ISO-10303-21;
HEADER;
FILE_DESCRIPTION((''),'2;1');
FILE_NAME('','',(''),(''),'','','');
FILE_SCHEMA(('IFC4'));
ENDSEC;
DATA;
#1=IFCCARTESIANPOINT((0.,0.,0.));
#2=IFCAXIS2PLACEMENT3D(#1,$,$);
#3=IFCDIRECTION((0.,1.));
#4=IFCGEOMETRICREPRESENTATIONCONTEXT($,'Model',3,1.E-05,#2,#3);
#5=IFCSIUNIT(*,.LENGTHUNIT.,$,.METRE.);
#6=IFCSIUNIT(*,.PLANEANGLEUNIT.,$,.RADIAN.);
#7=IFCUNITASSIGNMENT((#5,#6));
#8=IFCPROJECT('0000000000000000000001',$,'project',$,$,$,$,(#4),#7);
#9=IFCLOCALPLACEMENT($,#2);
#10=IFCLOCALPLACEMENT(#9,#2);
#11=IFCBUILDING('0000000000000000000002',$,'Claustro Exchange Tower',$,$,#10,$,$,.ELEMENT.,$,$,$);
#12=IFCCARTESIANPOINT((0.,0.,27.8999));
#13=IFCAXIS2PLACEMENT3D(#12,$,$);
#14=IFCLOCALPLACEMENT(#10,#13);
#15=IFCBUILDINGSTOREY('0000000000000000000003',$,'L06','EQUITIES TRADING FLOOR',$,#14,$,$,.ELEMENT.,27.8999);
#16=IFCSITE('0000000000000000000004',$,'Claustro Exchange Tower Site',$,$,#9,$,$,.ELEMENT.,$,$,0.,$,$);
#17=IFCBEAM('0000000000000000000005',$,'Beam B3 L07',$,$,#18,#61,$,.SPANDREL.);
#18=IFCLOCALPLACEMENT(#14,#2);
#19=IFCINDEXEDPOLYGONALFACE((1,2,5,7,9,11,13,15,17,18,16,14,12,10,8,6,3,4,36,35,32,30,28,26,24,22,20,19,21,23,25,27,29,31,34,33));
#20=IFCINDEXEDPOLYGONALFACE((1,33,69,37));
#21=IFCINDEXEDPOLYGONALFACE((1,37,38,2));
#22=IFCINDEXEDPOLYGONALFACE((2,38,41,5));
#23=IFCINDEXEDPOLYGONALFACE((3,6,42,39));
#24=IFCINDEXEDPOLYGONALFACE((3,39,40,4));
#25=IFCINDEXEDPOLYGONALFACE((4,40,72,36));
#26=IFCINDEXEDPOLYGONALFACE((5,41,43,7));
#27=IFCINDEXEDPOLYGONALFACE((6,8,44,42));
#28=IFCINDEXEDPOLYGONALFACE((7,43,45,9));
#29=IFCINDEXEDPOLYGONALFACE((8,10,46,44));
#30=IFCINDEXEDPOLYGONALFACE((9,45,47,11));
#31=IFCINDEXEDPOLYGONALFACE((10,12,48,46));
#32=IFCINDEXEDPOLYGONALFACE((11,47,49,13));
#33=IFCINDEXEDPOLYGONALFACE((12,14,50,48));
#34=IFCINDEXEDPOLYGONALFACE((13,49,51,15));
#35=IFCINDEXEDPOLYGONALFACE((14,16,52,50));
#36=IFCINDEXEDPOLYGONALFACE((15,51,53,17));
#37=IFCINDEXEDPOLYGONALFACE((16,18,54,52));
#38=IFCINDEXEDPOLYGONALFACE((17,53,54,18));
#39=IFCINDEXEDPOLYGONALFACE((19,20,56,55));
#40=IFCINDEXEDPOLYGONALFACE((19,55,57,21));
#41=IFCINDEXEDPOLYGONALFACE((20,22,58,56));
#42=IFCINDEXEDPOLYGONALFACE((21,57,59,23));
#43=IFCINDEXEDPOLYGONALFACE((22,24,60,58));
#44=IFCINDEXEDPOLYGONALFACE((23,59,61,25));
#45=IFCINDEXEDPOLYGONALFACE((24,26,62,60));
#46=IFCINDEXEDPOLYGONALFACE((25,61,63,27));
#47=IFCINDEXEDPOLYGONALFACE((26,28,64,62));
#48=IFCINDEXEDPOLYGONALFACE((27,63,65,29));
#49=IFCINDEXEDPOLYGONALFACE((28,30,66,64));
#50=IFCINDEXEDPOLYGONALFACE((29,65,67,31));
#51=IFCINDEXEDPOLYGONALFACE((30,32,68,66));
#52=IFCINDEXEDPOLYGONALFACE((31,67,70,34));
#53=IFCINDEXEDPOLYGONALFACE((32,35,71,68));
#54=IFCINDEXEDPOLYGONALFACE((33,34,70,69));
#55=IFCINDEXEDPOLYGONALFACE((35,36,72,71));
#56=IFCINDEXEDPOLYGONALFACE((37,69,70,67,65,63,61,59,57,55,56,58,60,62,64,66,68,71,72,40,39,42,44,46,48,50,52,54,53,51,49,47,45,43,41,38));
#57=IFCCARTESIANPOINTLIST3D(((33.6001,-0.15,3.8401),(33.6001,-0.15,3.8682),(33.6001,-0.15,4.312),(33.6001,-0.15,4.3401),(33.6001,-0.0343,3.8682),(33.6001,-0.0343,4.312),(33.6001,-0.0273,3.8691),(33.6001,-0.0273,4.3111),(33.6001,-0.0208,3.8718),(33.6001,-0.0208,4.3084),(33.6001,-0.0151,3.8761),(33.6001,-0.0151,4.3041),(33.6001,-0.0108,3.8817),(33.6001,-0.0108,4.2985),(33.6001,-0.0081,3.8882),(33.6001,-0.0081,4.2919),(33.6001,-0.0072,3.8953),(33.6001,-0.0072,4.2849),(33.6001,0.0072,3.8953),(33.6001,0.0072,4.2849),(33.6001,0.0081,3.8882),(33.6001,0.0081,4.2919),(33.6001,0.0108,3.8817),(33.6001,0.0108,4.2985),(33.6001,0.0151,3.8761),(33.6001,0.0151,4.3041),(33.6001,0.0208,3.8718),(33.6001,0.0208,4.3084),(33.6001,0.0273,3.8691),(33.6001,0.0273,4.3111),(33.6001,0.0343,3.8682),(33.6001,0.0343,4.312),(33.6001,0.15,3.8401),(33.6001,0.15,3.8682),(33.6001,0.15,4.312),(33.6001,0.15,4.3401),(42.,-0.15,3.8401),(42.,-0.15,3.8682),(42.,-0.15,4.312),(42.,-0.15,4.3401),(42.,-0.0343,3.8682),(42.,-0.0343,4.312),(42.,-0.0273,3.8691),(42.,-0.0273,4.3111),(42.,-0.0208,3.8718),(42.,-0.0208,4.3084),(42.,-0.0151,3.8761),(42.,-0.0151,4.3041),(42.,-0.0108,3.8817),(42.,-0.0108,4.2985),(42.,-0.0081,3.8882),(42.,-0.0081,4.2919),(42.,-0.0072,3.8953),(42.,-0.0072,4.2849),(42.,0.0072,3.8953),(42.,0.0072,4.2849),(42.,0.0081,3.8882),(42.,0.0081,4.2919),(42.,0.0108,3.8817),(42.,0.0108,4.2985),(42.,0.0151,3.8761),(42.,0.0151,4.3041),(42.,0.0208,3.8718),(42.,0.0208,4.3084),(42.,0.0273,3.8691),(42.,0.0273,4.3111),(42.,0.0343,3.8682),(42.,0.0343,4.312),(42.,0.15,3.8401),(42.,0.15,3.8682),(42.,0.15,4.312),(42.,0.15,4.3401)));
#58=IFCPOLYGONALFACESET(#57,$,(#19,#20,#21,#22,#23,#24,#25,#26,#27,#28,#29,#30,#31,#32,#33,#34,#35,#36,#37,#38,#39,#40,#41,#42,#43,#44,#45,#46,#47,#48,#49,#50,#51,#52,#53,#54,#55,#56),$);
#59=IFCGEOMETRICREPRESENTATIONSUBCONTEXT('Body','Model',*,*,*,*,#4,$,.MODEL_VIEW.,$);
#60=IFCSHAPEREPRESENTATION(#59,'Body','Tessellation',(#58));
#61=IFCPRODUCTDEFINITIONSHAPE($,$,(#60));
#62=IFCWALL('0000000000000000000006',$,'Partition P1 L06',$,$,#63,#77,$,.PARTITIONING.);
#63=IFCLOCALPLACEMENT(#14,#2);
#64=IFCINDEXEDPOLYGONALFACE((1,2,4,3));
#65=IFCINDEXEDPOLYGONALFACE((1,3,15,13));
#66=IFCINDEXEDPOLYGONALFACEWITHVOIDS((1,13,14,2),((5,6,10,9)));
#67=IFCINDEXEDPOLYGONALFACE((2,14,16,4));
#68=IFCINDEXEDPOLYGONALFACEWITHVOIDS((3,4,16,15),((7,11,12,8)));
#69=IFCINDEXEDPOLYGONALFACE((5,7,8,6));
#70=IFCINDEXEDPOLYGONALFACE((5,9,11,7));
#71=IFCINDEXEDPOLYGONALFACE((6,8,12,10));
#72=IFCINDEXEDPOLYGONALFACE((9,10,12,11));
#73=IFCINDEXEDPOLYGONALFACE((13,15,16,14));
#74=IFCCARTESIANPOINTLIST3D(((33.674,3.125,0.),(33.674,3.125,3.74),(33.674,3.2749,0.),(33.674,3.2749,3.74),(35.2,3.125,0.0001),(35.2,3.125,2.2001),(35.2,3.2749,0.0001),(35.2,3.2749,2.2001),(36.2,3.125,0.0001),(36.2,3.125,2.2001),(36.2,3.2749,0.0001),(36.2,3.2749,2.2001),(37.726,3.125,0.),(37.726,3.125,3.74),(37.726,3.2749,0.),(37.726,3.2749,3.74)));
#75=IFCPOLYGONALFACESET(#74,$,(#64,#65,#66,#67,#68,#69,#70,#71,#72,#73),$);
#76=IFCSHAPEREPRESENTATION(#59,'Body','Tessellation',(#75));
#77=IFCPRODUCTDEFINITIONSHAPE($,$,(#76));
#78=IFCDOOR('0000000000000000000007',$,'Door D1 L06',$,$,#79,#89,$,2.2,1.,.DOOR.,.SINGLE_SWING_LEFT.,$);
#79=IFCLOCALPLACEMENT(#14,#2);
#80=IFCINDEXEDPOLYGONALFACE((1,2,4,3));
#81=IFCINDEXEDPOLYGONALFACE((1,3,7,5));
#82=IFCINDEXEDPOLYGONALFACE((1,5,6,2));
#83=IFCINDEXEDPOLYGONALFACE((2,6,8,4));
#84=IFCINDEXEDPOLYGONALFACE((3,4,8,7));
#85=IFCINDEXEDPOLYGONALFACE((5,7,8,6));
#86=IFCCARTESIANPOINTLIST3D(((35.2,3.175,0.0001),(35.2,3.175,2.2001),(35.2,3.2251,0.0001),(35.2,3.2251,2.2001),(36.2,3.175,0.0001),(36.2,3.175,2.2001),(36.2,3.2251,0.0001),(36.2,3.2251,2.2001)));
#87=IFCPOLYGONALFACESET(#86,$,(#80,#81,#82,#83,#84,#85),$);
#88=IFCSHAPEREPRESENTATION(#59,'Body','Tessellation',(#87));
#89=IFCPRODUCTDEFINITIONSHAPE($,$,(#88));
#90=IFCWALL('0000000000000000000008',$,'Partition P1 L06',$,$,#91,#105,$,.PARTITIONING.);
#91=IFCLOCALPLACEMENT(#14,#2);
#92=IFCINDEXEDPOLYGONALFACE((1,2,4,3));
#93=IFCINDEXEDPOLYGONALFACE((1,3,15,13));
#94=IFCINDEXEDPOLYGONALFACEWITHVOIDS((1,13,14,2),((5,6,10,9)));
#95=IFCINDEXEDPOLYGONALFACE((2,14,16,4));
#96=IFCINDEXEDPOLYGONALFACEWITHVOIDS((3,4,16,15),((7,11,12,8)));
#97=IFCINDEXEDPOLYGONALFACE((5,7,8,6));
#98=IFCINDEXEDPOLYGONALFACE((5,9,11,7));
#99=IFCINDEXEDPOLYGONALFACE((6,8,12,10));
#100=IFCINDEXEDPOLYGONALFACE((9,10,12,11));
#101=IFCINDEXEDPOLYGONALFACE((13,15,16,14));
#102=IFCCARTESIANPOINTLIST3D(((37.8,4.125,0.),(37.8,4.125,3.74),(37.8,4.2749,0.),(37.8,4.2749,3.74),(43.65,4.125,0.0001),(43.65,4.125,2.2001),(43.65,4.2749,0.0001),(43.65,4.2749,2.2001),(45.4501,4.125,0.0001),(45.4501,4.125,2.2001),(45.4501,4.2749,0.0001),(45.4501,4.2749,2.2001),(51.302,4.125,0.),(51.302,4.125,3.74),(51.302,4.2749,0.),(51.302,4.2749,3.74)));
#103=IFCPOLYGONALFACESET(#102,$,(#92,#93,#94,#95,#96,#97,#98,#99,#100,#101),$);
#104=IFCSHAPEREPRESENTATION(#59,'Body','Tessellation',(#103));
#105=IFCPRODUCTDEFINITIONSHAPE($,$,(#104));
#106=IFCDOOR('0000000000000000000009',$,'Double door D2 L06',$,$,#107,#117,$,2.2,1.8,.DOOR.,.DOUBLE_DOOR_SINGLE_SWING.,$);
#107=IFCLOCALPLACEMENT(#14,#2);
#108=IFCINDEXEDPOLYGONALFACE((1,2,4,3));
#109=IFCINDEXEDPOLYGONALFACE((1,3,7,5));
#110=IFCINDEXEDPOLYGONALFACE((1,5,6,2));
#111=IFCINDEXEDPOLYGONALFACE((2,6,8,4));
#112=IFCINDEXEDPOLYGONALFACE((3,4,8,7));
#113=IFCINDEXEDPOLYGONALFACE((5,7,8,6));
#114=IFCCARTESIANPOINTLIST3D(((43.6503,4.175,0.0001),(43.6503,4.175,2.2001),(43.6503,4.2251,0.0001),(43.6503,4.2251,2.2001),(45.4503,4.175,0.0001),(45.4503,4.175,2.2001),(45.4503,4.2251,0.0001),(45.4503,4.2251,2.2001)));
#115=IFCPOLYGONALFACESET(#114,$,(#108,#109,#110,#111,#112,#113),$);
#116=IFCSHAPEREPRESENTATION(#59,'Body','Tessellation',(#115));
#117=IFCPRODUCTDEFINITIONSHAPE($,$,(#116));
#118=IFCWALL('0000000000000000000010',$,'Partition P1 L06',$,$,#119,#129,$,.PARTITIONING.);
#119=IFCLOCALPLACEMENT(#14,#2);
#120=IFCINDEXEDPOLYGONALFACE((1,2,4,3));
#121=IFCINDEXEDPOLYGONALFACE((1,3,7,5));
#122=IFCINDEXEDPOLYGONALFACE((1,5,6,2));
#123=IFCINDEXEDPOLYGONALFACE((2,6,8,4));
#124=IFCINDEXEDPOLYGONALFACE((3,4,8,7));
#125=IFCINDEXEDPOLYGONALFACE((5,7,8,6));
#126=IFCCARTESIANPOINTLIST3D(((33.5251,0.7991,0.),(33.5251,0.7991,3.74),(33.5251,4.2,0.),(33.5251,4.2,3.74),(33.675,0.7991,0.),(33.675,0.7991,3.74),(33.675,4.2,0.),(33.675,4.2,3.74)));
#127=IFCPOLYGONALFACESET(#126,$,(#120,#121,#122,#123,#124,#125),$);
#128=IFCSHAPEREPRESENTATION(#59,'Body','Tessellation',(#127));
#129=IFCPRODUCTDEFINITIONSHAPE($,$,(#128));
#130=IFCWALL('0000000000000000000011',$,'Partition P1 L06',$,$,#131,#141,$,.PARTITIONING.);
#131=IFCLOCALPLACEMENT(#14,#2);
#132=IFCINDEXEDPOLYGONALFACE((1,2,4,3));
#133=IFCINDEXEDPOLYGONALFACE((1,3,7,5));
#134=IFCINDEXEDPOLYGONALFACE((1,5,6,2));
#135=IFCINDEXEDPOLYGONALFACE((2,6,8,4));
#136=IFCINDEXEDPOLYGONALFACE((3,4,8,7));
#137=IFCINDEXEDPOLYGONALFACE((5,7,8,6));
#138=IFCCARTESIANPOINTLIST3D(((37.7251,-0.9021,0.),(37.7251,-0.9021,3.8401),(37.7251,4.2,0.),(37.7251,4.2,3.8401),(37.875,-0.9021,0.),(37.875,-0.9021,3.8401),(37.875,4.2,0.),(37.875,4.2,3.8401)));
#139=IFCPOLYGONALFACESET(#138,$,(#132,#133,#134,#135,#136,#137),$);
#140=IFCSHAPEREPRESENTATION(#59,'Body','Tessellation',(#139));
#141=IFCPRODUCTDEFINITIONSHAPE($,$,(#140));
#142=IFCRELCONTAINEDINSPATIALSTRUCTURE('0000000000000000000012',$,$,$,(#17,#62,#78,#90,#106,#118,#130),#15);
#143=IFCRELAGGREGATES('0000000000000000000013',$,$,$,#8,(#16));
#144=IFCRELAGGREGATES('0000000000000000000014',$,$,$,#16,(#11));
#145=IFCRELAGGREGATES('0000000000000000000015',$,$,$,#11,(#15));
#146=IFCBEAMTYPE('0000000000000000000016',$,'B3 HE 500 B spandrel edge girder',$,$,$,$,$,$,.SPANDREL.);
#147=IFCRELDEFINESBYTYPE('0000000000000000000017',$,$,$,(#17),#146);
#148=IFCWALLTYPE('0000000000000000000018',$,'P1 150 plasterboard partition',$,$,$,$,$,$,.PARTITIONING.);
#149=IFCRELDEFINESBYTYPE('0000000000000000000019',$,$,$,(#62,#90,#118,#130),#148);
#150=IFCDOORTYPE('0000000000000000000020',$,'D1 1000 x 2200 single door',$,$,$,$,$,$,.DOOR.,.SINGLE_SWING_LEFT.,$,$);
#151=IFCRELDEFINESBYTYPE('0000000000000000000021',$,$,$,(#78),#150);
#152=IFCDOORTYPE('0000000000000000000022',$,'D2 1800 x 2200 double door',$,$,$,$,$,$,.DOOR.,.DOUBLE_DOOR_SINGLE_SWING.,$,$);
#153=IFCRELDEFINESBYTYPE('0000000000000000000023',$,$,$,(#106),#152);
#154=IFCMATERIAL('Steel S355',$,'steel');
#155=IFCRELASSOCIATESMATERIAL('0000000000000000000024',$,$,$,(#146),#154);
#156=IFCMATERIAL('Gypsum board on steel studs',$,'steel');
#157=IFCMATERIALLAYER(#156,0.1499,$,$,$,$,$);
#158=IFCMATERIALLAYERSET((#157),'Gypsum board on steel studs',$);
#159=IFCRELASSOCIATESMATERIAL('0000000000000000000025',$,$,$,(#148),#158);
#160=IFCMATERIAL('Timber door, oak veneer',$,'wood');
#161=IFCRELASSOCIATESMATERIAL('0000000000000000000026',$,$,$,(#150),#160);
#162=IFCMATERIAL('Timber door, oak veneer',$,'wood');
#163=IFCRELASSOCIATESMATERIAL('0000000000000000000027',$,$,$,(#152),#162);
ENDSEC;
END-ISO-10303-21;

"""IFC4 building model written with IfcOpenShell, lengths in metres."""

from ifc_helpers import new_model, si_unit, direction, frame, frame_2d, origin, origin_2d, place, context, subcontext, project, spatial, rectangle, i_section, extrude, material, layer, layer_set, material_profile, profile_set, type_object, element, fill, save


model = new_model("IFC4")

# Units and contexts
model_context = context("Model", 3, precision=1e-05, world=origin(), true_north=direction((0.0, 1.0)))
body_context = subcontext(model_context, "Body", "Model", "MODEL_VIEW")
ifc_project = project(units=[si_unit("LENGTHUNIT", "METRE"), si_unit("PLANEANGLEUNIT", "RADIAN")], contexts=[model_context])

# Site, building, storey
site_placement = place(None, origin())
site = spatial("IfcSite", under=ifc_project, at=site_placement, Name="Claustro Exchange Tower Site", CompositionType="ELEMENT", RefElevation=0.0)
building_placement = place(site_placement, origin())
building = spatial("IfcBuilding", under=site, at=building_placement, Name="Claustro Exchange Tower", CompositionType="ELEMENT")
storey_placement = place(building_placement, frame((0.0, 0.0, 27.8999)))
storey = spatial("IfcBuildingStorey", under=building, at=storey_placement, Name="L06", Description="EQUITIES TRADING FLOOR", CompositionType="ELEMENT", Elevation=27.8999)

# Beam
ifc_material_1 = material(Name="Steel S355", Category="steel")
ifc_material_profile_1 = material_profile(ifc_material_1, i_section(OverallWidth=0.3, OverallDepth=0.5, WebThickness=0.0144, FlangeThickness=0.0281, FilletRadius=0.0271, at=origin_2d()), Name="HE 500 B")
ifc_profile_set_1 = profile_set([ifc_material_profile_1], Name="Steel S355")
beam_type_1 = type_object("IfcBeamType", Name="B3 HE 500 B spandrel edge girder", PredefinedType="SPANDREL", material=ifc_profile_set_1)
beam_1_placement = place(storey_placement, frame((33.6001, 0.0, 4.0901), z_axis=(1.0, 0.0, 0.0), x_axis=(0.0, 1.0, 0.0)))
element("IfcBeam", 1, at=beam_1_placement, inside=storey, type_object=beam_type_1, Name="Beam B3 L07", PredefinedType="SPANDREL", context=body_context, shape_type="SweptSolid", body=[
    extrude(i_section(OverallWidth=0.3, OverallDepth=0.5, WebThickness=0.0144, FlangeThickness=0.0281, FilletRadius=0.0271, at=origin_2d()), origin(), (0.0, 0.0, 1.0), 8.3999),
])

# Walls, openings, doors
ifc_material_2 = material(Name="Gypsum board on steel studs", Category="steel")
ifc_layer_1 = layer(ifc_material_2, 0.1499)
ifc_layer_set_1 = layer_set([ifc_layer_1], Name="Gypsum board on steel studs")
wall_type_1 = type_object("IfcWallType", Name="P1 150 plasterboard partition", PredefinedType="PARTITIONING", material=ifc_layer_set_1)
wall_1_placement = place(storey_placement, frame((33.6741, 3.2, 0.0), z_axis=(0.0, 0.0, 1.0), x_axis=(1.0, 0.0, 0.0)))
wall_1 = element("IfcWall", 2, at=wall_1_placement, inside=storey, type_object=wall_type_1, Name="Partition P1 L06", PredefinedType="PARTITIONING", context=body_context, shape_type="SweptSolid", body=[
    extrude(rectangle(XDim=4.052, YDim=0.1499, at=frame_2d((2.0259, 0.0))), origin(), (0.0, 0.0, 1.0), 3.74),
])
opening_1_placement = place(wall_1_placement, frame((1.5259, 0.0, 0.0)))
opening_1 = element("IfcOpeningElement", 3, at=opening_1_placement, cuts=wall_1, PredefinedType="OPENING", context=body_context, shape_type="SweptSolid", body=[
    extrude(rectangle(XDim=1.0, YDim=2.2, at=frame_2d((0.5, 1.1001))), frame((0.0, 0.085, 0.0), z_axis=(0.0, -1.0, 0.0), x_axis=(1.0, 0.0, 0.0)), (0.0, 0.0, 1.0), 0.1699),
])
ifc_material_3 = material(Name="Timber door, oak veneer", Category="wood")
door_type_1 = type_object("IfcDoorType", Name="D1 1000 x 2200 single door", OperationType="SINGLE_SWING_LEFT", PredefinedType="DOOR", material=ifc_material_3)
door_1_placement = place(opening_1_placement, frame((1.0, 0.0, 0.0), z_axis=(0.0, 0.0, 1.0), x_axis=(-1.0, 0.0, 0.0)))
door_1 = element("IfcDoor", 4, at=door_1_placement, inside=storey, type_object=door_type_1, Name="Door D1 L06", OperationType="SINGLE_SWING_LEFT", OverallHeight=2.2, OverallWidth=1.0, PredefinedType="DOOR", context=body_context, shape_type="SweptSolid", body=[
    extrude(rectangle(XDim=1.0, YDim=2.2, at=frame_2d((0.5, 1.1001))), frame((0.0, 0.0249, 0.0), z_axis=(0.0, -1.0, 0.0), x_axis=(1.0, 0.0, 0.0)), (0.0, 0.0, 1.0), 0.05),
])
fill(opening_1, door_1)
wall_2_placement = place(storey_placement, frame((37.8, 4.2, 0.0), z_axis=(0.0, 0.0, 1.0), x_axis=(1.0, 0.0, 0.0)))
wall_2 = element("IfcWall", 5, at=wall_2_placement, inside=storey, type_object=wall_type_1, Name="Partition P1 L06", PredefinedType="PARTITIONING", context=body_context, shape_type="SweptSolid", body=[
    extrude(rectangle(XDim=13.502, YDim=0.1499, at=frame_2d((6.751, 0.0))), origin(), (0.0, 0.0, 1.0), 3.74),
])
opening_2_placement = place(wall_2_placement, frame((5.8501, 0.0, 0.0)))
opening_2 = element("IfcOpeningElement", 6, at=opening_2_placement, cuts=wall_2, PredefinedType="OPENING", context=body_context, shape_type="SweptSolid", body=[
    extrude(rectangle(XDim=1.8, YDim=2.2, at=frame_2d((0.8999, 1.1001))), frame((0.0, 0.085, 0.0), z_axis=(0.0, -1.0, 0.0), x_axis=(1.0, 0.0, 0.0)), (0.0, 0.0, 1.0), 0.1699),
])
ifc_material_4 = material(Name="Timber door, oak veneer", Category="wood")
door_type_2 = type_object("IfcDoorType", Name="D2 1800 x 2200 double door", OperationType="DOUBLE_DOOR_SINGLE_SWING", PredefinedType="DOOR", material=ifc_material_4)
door_2_placement = place(opening_2_placement, frame((1.8, 0.0, 0.0), z_axis=(0.0, 0.0, 1.0), x_axis=(-1.0, 0.0, 0.0)))
door_2 = element("IfcDoor", 7, at=door_2_placement, inside=storey, type_object=door_type_2, Name="Double door D2 L06", OperationType="DOUBLE_DOOR_SINGLE_SWING", OverallHeight=2.2, OverallWidth=1.8, PredefinedType="DOOR", context=body_context, shape_type="SweptSolid", body=[
    extrude(rectangle(XDim=1.8, YDim=2.2, at=frame_2d((0.8999, 1.1001))), frame((0.0, 0.0249, 0.0), z_axis=(0.0, -1.0, 0.0), x_axis=(1.0, 0.0, 0.0)), (0.0, 0.0, 1.0), 0.05),
])
fill(opening_2, door_2)

# Walls
wall_3_placement = place(storey_placement, frame((33.6001, 0.7991, 0.0), z_axis=(0.0, 0.0, 1.0), x_axis=(0.0, 1.0, 0.0)))
element("IfcWall", 8, at=wall_3_placement, inside=storey, type_object=wall_type_1, Name="Partition P1 L06", PredefinedType="PARTITIONING", context=body_context, shape_type="SweptSolid", body=[
    extrude(rectangle(XDim=3.4009, YDim=0.1499, at=frame_2d((1.7004, 0.0))), origin(), (0.0, 0.0, 1.0), 3.74),
])
wall_4_placement = place(storey_placement, frame((37.8, -0.9021, 0.0), z_axis=(0.0, 0.0, 1.0), x_axis=(0.0, 1.0, 0.0)))
element("IfcWall", 9, at=wall_4_placement, inside=storey, type_object=wall_type_1, Name="Partition P1 L06", PredefinedType="PARTITIONING", context=body_context, shape_type="SweptSolid", body=[
    extrude(rectangle(XDim=5.1021, YDim=0.1499, at=frame_2d((2.551, 0.0))), origin(), (0.0, 0.0, 1.0), 3.8401),
])

save(model, "model.ifc")
